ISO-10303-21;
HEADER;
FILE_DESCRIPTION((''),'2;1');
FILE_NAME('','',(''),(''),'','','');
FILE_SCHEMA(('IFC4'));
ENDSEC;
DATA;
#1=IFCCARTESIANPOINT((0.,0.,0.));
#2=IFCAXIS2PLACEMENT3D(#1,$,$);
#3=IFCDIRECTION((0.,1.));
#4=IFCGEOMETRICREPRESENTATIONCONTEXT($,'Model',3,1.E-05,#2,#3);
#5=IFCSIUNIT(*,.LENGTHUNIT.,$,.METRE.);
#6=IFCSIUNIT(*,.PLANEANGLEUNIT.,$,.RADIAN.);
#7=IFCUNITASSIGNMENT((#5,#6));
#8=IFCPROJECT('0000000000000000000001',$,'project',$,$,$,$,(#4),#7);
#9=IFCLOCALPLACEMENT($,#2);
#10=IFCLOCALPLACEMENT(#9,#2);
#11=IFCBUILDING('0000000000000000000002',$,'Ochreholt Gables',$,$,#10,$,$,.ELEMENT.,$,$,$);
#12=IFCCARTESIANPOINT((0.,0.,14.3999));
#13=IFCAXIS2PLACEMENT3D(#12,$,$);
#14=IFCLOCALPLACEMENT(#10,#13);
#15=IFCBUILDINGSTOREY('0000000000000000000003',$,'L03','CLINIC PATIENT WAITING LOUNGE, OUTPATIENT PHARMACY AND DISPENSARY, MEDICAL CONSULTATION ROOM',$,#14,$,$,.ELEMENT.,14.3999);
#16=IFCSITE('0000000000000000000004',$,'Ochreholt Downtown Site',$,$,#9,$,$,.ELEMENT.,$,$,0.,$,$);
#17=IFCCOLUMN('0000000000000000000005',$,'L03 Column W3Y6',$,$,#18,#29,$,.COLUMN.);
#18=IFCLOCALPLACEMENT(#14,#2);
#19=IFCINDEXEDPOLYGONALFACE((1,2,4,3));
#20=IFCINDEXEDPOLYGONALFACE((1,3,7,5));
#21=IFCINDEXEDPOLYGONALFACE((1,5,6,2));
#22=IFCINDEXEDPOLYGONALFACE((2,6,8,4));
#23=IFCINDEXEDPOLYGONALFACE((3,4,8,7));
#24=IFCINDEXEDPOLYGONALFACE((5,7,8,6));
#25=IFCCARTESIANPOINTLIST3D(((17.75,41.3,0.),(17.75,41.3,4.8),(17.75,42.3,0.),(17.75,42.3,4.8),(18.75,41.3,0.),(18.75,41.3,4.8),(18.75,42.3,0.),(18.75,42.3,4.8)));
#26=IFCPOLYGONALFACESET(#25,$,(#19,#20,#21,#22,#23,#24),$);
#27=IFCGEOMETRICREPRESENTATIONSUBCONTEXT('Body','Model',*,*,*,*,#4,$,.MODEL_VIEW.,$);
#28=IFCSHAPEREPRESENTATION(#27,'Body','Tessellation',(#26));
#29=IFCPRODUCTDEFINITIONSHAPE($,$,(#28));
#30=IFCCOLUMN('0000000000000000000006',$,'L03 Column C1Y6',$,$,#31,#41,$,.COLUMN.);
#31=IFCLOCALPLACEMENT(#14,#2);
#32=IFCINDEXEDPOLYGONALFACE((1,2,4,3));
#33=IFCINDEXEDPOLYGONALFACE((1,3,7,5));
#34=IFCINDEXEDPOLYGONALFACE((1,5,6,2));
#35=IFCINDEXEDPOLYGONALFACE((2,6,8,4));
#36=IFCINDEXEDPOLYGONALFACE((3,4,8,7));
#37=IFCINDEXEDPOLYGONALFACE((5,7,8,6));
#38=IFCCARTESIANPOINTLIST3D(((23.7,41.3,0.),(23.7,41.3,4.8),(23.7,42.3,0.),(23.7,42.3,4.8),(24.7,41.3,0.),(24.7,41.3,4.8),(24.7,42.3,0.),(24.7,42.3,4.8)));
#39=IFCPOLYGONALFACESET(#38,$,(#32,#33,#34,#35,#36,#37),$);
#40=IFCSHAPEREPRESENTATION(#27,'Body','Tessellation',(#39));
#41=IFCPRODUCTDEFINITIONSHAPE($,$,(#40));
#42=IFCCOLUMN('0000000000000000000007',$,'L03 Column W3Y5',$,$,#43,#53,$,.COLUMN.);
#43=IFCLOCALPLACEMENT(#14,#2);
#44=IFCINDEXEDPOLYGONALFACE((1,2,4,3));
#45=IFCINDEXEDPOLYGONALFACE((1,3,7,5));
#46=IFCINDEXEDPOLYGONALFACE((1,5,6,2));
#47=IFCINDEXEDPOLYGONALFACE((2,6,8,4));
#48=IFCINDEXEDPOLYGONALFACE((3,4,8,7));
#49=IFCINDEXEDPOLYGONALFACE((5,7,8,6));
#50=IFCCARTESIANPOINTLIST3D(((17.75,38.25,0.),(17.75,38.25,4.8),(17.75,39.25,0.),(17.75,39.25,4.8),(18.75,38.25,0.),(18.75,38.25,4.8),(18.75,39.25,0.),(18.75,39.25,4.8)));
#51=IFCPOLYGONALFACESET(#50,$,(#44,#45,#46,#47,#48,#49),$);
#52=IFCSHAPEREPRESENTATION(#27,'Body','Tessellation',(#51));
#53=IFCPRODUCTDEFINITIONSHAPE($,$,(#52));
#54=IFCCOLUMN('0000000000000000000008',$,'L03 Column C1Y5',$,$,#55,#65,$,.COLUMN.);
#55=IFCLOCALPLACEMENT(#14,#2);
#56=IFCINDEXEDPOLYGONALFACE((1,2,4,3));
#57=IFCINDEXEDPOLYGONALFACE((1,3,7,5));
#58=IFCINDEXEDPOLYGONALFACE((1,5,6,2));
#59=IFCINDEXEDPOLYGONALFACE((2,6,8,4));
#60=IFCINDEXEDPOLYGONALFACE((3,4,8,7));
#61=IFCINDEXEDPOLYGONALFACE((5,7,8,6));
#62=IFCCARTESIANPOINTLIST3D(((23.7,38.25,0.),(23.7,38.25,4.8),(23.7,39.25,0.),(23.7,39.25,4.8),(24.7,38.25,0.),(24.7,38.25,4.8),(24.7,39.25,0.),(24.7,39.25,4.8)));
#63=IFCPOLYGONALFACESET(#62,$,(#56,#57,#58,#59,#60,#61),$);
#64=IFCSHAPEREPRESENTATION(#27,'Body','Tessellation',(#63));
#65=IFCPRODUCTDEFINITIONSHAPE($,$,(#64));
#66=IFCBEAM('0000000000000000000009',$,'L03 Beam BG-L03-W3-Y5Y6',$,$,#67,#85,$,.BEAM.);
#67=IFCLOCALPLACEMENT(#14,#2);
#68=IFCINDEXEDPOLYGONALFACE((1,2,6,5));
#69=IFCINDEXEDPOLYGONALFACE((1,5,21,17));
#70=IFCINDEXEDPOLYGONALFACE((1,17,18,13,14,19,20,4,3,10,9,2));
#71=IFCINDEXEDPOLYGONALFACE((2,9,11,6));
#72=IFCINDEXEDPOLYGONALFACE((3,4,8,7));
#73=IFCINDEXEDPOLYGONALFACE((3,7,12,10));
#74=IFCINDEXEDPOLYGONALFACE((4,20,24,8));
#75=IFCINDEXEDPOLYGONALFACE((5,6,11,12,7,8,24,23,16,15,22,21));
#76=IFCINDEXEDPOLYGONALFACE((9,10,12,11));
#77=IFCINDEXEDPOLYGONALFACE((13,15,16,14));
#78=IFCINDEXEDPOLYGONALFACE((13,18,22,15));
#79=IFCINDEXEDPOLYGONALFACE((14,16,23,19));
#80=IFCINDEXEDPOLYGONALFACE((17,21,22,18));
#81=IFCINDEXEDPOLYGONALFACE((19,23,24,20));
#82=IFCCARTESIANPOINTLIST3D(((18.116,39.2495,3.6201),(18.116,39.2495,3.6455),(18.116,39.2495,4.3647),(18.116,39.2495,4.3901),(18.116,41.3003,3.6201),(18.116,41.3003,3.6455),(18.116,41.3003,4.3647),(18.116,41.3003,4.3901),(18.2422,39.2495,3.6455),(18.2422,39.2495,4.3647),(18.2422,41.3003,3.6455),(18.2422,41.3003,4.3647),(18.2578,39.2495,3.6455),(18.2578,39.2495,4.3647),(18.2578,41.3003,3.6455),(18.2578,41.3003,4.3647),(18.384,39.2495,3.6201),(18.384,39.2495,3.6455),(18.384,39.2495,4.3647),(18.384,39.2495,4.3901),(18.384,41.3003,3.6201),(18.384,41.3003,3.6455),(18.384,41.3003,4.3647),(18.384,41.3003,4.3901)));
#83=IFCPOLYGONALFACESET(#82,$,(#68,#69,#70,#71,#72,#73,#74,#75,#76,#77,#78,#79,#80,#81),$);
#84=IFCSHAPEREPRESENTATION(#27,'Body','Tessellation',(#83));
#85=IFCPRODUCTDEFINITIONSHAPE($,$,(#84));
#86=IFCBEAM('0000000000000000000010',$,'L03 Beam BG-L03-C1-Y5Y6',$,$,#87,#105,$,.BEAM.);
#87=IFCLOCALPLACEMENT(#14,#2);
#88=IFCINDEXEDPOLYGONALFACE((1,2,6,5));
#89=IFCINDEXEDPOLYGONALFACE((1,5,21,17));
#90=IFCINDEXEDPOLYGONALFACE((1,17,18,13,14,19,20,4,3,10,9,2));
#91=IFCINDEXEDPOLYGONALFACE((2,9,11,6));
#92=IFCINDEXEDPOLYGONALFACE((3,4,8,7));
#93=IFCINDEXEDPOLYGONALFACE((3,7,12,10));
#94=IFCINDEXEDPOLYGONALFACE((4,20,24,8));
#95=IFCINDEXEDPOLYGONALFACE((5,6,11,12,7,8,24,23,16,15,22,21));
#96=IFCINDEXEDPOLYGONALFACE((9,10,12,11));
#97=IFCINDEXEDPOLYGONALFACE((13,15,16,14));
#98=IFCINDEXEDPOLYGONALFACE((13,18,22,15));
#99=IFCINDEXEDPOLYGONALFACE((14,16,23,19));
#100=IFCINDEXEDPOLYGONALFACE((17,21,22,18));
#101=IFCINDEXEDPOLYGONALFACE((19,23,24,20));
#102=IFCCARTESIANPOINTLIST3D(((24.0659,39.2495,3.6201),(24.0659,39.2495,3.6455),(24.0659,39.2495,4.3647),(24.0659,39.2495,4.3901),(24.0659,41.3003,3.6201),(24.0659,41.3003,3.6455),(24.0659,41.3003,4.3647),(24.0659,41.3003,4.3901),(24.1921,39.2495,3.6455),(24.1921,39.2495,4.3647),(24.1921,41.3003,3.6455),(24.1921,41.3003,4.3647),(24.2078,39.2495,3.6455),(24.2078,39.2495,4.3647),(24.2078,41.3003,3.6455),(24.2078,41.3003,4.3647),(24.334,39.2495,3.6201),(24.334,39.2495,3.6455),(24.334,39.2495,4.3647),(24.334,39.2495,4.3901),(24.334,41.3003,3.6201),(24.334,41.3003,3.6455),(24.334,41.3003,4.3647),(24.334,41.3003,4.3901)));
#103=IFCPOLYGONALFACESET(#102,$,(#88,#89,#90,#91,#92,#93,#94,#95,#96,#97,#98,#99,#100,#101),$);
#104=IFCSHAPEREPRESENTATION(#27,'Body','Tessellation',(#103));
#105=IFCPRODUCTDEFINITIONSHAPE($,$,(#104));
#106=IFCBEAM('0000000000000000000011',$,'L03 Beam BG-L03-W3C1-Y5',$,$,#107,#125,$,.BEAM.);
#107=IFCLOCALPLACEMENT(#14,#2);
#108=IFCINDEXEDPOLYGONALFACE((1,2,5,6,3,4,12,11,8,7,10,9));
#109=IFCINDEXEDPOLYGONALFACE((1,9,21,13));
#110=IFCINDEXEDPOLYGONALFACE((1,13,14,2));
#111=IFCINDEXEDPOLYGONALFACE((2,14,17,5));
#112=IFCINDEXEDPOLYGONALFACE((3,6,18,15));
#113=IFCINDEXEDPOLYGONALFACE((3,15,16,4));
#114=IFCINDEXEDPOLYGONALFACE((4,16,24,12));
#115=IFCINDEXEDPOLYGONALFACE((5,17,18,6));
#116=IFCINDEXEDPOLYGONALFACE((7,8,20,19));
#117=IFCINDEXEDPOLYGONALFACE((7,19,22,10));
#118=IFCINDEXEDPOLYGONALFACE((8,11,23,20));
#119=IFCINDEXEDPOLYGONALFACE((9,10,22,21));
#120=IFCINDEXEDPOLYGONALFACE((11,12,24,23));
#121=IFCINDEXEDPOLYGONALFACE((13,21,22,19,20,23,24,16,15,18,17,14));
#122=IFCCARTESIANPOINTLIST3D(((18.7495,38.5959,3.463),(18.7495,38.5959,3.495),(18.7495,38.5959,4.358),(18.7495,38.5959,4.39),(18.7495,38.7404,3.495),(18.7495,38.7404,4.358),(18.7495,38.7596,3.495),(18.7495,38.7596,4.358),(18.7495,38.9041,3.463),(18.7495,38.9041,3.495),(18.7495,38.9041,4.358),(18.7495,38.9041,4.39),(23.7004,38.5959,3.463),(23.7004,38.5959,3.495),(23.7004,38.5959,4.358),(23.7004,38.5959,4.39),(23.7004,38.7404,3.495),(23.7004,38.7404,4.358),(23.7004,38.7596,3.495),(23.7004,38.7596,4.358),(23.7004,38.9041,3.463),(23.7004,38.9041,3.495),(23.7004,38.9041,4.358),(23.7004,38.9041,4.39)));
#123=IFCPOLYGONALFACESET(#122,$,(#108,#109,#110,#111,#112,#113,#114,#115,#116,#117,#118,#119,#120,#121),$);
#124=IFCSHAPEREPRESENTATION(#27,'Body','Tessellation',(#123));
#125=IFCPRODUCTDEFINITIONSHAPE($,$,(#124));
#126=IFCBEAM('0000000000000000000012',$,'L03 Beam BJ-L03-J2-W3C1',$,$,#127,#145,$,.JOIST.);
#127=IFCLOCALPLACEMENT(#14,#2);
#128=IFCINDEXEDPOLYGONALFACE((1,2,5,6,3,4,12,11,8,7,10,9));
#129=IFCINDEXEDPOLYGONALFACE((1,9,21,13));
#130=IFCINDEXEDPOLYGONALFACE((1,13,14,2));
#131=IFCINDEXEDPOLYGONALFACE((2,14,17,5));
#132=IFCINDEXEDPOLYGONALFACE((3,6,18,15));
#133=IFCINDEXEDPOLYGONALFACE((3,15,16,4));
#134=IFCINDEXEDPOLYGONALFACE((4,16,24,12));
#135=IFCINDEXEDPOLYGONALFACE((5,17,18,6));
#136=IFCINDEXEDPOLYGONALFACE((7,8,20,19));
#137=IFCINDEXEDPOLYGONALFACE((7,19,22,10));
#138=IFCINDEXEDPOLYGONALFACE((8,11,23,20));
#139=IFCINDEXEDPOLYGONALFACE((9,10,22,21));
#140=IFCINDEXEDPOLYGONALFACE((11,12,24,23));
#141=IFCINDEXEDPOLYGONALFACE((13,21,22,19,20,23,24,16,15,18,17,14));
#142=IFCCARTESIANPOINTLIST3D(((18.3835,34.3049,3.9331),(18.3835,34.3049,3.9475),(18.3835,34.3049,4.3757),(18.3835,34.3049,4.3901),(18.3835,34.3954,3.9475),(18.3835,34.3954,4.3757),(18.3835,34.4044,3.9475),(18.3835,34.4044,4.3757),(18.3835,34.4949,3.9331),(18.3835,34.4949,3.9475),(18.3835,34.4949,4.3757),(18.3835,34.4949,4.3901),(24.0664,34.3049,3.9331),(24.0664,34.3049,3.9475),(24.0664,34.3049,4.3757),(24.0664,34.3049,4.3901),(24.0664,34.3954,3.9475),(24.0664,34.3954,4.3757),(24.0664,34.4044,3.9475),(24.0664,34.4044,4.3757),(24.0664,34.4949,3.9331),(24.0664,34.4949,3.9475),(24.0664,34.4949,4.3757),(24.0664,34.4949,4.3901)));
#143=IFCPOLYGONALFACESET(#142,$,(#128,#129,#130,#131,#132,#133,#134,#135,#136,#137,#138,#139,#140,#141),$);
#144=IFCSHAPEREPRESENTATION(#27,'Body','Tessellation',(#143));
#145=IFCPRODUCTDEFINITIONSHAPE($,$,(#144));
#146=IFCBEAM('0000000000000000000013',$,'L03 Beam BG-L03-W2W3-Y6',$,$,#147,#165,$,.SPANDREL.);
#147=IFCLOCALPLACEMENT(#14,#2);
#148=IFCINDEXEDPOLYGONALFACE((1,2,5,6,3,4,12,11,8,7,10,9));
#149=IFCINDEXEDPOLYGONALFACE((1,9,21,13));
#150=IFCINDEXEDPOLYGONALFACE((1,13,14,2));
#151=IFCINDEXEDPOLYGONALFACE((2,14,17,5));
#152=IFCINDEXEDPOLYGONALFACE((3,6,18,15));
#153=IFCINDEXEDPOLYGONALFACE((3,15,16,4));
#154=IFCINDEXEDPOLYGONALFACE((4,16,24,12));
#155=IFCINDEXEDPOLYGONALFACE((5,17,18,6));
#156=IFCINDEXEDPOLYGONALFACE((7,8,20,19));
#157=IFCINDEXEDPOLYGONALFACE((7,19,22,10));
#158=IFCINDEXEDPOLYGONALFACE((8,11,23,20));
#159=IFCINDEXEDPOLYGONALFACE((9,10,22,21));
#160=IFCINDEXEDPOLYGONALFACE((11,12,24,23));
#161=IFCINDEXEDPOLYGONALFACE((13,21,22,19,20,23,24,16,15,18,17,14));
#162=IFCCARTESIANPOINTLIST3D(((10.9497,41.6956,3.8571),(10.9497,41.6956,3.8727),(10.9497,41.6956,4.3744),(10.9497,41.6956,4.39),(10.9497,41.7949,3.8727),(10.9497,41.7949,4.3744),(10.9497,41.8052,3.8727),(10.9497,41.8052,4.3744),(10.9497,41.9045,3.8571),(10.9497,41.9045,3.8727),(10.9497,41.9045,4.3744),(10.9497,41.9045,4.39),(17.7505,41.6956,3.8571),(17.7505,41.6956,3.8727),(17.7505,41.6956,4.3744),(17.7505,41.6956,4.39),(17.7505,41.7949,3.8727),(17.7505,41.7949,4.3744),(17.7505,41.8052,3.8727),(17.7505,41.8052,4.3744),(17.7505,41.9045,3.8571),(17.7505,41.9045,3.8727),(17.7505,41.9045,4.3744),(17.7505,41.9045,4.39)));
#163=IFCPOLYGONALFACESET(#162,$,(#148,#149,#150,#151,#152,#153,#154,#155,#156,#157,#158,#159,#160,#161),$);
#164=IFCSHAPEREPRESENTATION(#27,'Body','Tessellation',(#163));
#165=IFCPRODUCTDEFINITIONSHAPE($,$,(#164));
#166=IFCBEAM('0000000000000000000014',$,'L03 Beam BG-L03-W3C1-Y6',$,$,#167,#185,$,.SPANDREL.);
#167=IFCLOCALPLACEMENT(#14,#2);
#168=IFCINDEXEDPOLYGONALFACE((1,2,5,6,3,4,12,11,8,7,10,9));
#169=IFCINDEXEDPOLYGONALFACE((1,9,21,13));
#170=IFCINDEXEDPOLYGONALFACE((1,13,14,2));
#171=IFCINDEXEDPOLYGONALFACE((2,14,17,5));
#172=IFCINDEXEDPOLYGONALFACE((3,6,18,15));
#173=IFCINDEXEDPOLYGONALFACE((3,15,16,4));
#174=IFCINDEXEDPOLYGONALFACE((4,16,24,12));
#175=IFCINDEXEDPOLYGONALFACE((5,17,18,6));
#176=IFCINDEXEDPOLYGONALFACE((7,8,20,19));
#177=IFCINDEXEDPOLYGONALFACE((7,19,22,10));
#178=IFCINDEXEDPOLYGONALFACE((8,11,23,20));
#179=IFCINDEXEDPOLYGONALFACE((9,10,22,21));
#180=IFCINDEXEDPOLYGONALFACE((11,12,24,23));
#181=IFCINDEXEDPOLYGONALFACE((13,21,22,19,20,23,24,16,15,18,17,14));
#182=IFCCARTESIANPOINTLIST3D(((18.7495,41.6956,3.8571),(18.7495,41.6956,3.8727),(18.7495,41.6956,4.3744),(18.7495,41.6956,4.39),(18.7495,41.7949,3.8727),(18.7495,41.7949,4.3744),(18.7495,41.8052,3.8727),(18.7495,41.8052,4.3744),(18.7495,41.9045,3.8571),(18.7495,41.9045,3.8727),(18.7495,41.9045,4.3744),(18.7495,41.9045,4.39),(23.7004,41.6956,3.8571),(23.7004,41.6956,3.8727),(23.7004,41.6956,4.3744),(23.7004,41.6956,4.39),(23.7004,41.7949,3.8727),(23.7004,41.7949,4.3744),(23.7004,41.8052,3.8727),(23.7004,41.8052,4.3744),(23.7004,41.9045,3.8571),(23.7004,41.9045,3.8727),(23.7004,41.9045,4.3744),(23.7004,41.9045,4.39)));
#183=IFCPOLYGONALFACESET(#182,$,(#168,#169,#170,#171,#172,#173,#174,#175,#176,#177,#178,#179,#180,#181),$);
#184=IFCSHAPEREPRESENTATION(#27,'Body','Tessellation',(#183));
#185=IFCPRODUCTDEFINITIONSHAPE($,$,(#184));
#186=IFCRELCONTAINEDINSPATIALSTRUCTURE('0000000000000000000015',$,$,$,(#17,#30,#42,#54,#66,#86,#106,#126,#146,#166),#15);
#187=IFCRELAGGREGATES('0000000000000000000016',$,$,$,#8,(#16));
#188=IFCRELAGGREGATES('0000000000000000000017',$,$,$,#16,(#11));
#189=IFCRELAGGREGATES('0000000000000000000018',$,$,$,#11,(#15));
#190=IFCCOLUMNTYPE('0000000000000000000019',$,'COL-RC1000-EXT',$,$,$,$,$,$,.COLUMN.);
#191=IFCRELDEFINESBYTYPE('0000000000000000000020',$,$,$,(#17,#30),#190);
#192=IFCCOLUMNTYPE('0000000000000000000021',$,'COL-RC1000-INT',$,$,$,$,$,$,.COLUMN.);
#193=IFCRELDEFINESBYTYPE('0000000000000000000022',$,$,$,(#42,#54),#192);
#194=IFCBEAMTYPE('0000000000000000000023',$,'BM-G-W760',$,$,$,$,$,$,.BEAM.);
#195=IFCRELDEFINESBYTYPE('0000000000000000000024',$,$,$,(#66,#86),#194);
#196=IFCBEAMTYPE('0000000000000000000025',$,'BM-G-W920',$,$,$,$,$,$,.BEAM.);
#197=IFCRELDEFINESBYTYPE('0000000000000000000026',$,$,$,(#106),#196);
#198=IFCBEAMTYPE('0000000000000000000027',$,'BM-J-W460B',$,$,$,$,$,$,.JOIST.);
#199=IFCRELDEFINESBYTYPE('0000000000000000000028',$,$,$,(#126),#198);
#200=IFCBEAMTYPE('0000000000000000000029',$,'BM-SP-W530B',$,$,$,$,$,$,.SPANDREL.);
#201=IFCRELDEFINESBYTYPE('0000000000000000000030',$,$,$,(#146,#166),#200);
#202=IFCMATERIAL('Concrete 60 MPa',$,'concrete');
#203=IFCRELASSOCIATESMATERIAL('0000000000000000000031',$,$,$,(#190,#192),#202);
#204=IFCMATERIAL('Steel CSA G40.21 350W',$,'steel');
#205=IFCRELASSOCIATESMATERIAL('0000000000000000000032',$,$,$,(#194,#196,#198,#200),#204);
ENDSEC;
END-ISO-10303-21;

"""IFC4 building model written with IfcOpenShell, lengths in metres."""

from ifc_helpers import new_model, si_unit, direction, frame, origin, origin_2d, place, context, subcontext, project, spatial, rectangle, i_section, extrude, material, material_profile, profile_set, type_object, element, save


model = new_model("IFC4")

# Units and contexts
model_context = context("Model", 3, precision=1e-05, world=origin(), true_north=direction((0.0, 1.0)))
body_context = subcontext(model_context, "Body", "Model", "MODEL_VIEW")
ifc_project = project(units=[si_unit("LENGTHUNIT", "METRE"), si_unit("PLANEANGLEUNIT", "RADIAN")], contexts=[model_context])

# Site, building, storey
site_placement = place(None, origin())
site = spatial("IfcSite", under=ifc_project, at=site_placement, Name="Ochreholt Downtown Site", CompositionType="ELEMENT", RefElevation=0.0)
building_placement = place(site_placement, origin())
building = spatial("IfcBuilding", under=site, at=building_placement, Name="Ochreholt Gables", CompositionType="ELEMENT")
storey_placement = place(building_placement, frame((0.0, 0.0, 14.3999)))
storey = spatial("IfcBuildingStorey", under=building, at=storey_placement, Name="L03", Description="CLINIC PATIENT WAITING LOUNGE, OUTPATIENT PHARMACY AND DISPENSARY, MEDICAL CONSULTATION ROOM", CompositionType="ELEMENT", Elevation=14.3999)

# Columns
ifc_material_1 = material(Name="Concrete 60 MPa", Category="concrete")
ifc_material_profile_1 = material_profile(ifc_material_1, rectangle(XDim=1.0, YDim=1.0, at=origin_2d()), Name="RC1000X1000")
ifc_profile_set_1 = profile_set([ifc_material_profile_1], Name="Concrete 60 MPa")
column_type_1 = type_object("IfcColumnType", Name="COL-RC1000-EXT", PredefinedType="COLUMN", material=ifc_profile_set_1)
for number, where, z_axis, x_axis, name in (
    (1, (18.25, 41.8, 0.0), (0.0, 0.0, 1.0), (1.0, 0.0, 0.0), "L03 Column W3Y6"),
    (2, (24.2, 41.8, 0.0), (0.0, 0.0, 1.0), (1.0, 0.0, 0.0), "L03 Column C1Y6"),
):
    element("IfcColumn", number, at=place(storey_placement, frame(where, z_axis=z_axis, x_axis=x_axis)), inside=storey, type_object=column_type_1, Name=name, PredefinedType="COLUMN", context=body_context, shape_type="SweptSolid", body=[
        extrude(rectangle(XDim=1.0, YDim=1.0, at=origin_2d()), origin(), (0.0, 0.0, 1.0), 4.8),
    ])
ifc_material_profile_2 = material_profile(ifc_material_1, rectangle(XDim=1.0, YDim=1.0, at=origin_2d()), Name="RC1000X1000")
ifc_profile_set_2 = profile_set([ifc_material_profile_2], Name="Concrete 60 MPa")
column_type_2 = type_object("IfcColumnType", Name="COL-RC1000-INT", PredefinedType="COLUMN", material=ifc_profile_set_2)
for number, where, z_axis, x_axis, name in (
    (3, (18.25, 38.75, 0.0), (0.0, 0.0, 1.0), (1.0, 0.0, 0.0), "L03 Column W3Y5"),
    (4, (24.2, 38.75, 0.0), (0.0, 0.0, 1.0), (1.0, 0.0, 0.0), "L03 Column C1Y5"),
):
    element("IfcColumn", number, at=place(storey_placement, frame(where, z_axis=z_axis, x_axis=x_axis)), inside=storey, type_object=column_type_2, Name=name, PredefinedType="COLUMN", context=body_context, shape_type="SweptSolid", body=[
        extrude(rectangle(XDim=1.0, YDim=1.0, at=origin_2d()), origin(), (0.0, 0.0, 1.0), 4.8),
    ])

# Beams
ifc_material_2 = material(Name="Steel CSA G40.21 350W", Category="steel")
ifc_material_profile_3 = material_profile(ifc_material_2, i_section(OverallWidth=0.2681, OverallDepth=0.77, WebThickness=0.0156, FlangeThickness=0.0254, at=origin_2d()), Name="W760X196")
ifc_profile_set_3 = profile_set([ifc_material_profile_3], Name="Steel CSA G40.21 350W")
beam_type_1 = type_object("IfcBeamType", Name="BM-G-W760", PredefinedType="BEAM", material=ifc_profile_set_3)
for number, where, z_axis, x_axis, name in (
    (5, (18.25, 39.2495, 4.0051), (0.0, 1.0, 0.0), (-1.0, 0.0, 0.0), "L03 Beam BG-L03-W3-Y5Y6"),
    (6, (24.2, 39.2495, 4.0051), (0.0, 1.0, 0.0), (-1.0, 0.0, 0.0), "L03 Beam BG-L03-C1-Y5Y6"),
):
    element("IfcBeam", number, at=place(storey_placement, frame(where, z_axis=z_axis, x_axis=x_axis)), inside=storey, type_object=beam_type_1, Name=name, PredefinedType="BEAM", context=body_context, shape_type="SweptSolid", body=[
        extrude(i_section(OverallWidth=0.2681, OverallDepth=0.77, WebThickness=0.0156, FlangeThickness=0.0254, at=origin_2d()), origin(), (0.0, 0.0, 1.0), 2.0508),
    ])
ifc_material_profile_4 = material_profile(ifc_material_2, i_section(OverallWidth=0.3081, OverallDepth=0.927, WebThickness=0.0193, FlangeThickness=0.032, at=origin_2d()), Name="W920X289")
ifc_profile_set_4 = profile_set([ifc_material_profile_4], Name="Steel CSA G40.21 350W")
beam_type_2 = type_object("IfcBeamType", Name="BM-G-W920", PredefinedType="BEAM", material=ifc_profile_set_4)
beam_1_placement = place(storey_placement, frame((18.7495, 38.75, 3.9265), z_axis=(1.0, 0.0, 0.0), x_axis=(0.0, 1.0, 0.0)))
element("IfcBeam", 7, at=beam_1_placement, inside=storey, type_object=beam_type_2, Name="L03 Beam BG-L03-W3C1-Y5", PredefinedType="BEAM", context=body_context, shape_type="SweptSolid", body=[
    extrude(i_section(OverallWidth=0.3081, OverallDepth=0.927, WebThickness=0.0193, FlangeThickness=0.032, at=origin_2d()), origin(), (0.0, 0.0, 1.0), 4.9509),
])
ifc_material_profile_5 = material_profile(ifc_material_2, i_section(OverallWidth=0.1899, OverallDepth=0.457, WebThickness=0.009, FlangeThickness=0.0144, at=origin_2d()), Name="W460X74")
ifc_profile_set_5 = profile_set([ifc_material_profile_5], Name="Steel CSA G40.21 350W")
beam_type_3 = type_object("IfcBeamType", Name="BM-J-W460B", PredefinedType="JOIST", material=ifc_profile_set_5)
beam_2_placement = place(storey_placement, frame((18.3835, 34.3999, 4.1616), z_axis=(1.0, 0.0, 0.0), x_axis=(0.0, 1.0, 0.0)))
element("IfcBeam", 8, at=beam_2_placement, inside=storey, type_object=beam_type_3, Name="L03 Beam BJ-L03-J2-W3C1", PredefinedType="JOIST", context=body_context, shape_type="SweptSolid", body=[
    extrude(i_section(OverallWidth=0.1899, OverallDepth=0.457, WebThickness=0.009, FlangeThickness=0.0144, at=origin_2d()), origin(), (0.0, 0.0, 1.0), 5.6829),
])
ifc_material_profile_6 = material_profile(ifc_material_2, i_section(OverallWidth=0.209, OverallDepth=0.533, WebThickness=0.0103, FlangeThickness=0.0156, at=origin_2d()), Name="W530X92")
ifc_profile_set_6 = profile_set([ifc_material_profile_6], Name="Steel CSA G40.21 350W")
beam_type_4 = type_object("IfcBeamType", Name="BM-SP-W530B", PredefinedType="SPANDREL", material=ifc_profile_set_6)
beam_3_placement = place(storey_placement, frame((10.9497, 41.8, 4.1235), z_axis=(1.0, 0.0, 0.0), x_axis=(0.0, 1.0, 0.0)))
element("IfcBeam", 9, at=beam_3_placement, inside=storey, type_object=beam_type_4, Name="L03 Beam BG-L03-W2W3-Y6", PredefinedType="SPANDREL", context=body_context, shape_type="SweptSolid", body=[
    extrude(i_section(OverallWidth=0.209, OverallDepth=0.533, WebThickness=0.0103, FlangeThickness=0.0156, at=origin_2d()), origin(), (0.0, 0.0, 1.0), 6.8008),
])
beam_4_placement = place(storey_placement, frame((18.7495, 41.8, 4.1235), z_axis=(1.0, 0.0, 0.0), x_axis=(0.0, 1.0, 0.0)))
element("IfcBeam", 10, at=beam_4_placement, inside=storey, type_object=beam_type_4, Name="L03 Beam BG-L03-W3C1-Y6", PredefinedType="SPANDREL", context=body_context, shape_type="SweptSolid", body=[
    extrude(i_section(OverallWidth=0.209, OverallDepth=0.533, WebThickness=0.0103, FlangeThickness=0.0156, at=origin_2d()), origin(), (0.0, 0.0, 1.0), 4.9509),
])

save(model, "model.ifc")
